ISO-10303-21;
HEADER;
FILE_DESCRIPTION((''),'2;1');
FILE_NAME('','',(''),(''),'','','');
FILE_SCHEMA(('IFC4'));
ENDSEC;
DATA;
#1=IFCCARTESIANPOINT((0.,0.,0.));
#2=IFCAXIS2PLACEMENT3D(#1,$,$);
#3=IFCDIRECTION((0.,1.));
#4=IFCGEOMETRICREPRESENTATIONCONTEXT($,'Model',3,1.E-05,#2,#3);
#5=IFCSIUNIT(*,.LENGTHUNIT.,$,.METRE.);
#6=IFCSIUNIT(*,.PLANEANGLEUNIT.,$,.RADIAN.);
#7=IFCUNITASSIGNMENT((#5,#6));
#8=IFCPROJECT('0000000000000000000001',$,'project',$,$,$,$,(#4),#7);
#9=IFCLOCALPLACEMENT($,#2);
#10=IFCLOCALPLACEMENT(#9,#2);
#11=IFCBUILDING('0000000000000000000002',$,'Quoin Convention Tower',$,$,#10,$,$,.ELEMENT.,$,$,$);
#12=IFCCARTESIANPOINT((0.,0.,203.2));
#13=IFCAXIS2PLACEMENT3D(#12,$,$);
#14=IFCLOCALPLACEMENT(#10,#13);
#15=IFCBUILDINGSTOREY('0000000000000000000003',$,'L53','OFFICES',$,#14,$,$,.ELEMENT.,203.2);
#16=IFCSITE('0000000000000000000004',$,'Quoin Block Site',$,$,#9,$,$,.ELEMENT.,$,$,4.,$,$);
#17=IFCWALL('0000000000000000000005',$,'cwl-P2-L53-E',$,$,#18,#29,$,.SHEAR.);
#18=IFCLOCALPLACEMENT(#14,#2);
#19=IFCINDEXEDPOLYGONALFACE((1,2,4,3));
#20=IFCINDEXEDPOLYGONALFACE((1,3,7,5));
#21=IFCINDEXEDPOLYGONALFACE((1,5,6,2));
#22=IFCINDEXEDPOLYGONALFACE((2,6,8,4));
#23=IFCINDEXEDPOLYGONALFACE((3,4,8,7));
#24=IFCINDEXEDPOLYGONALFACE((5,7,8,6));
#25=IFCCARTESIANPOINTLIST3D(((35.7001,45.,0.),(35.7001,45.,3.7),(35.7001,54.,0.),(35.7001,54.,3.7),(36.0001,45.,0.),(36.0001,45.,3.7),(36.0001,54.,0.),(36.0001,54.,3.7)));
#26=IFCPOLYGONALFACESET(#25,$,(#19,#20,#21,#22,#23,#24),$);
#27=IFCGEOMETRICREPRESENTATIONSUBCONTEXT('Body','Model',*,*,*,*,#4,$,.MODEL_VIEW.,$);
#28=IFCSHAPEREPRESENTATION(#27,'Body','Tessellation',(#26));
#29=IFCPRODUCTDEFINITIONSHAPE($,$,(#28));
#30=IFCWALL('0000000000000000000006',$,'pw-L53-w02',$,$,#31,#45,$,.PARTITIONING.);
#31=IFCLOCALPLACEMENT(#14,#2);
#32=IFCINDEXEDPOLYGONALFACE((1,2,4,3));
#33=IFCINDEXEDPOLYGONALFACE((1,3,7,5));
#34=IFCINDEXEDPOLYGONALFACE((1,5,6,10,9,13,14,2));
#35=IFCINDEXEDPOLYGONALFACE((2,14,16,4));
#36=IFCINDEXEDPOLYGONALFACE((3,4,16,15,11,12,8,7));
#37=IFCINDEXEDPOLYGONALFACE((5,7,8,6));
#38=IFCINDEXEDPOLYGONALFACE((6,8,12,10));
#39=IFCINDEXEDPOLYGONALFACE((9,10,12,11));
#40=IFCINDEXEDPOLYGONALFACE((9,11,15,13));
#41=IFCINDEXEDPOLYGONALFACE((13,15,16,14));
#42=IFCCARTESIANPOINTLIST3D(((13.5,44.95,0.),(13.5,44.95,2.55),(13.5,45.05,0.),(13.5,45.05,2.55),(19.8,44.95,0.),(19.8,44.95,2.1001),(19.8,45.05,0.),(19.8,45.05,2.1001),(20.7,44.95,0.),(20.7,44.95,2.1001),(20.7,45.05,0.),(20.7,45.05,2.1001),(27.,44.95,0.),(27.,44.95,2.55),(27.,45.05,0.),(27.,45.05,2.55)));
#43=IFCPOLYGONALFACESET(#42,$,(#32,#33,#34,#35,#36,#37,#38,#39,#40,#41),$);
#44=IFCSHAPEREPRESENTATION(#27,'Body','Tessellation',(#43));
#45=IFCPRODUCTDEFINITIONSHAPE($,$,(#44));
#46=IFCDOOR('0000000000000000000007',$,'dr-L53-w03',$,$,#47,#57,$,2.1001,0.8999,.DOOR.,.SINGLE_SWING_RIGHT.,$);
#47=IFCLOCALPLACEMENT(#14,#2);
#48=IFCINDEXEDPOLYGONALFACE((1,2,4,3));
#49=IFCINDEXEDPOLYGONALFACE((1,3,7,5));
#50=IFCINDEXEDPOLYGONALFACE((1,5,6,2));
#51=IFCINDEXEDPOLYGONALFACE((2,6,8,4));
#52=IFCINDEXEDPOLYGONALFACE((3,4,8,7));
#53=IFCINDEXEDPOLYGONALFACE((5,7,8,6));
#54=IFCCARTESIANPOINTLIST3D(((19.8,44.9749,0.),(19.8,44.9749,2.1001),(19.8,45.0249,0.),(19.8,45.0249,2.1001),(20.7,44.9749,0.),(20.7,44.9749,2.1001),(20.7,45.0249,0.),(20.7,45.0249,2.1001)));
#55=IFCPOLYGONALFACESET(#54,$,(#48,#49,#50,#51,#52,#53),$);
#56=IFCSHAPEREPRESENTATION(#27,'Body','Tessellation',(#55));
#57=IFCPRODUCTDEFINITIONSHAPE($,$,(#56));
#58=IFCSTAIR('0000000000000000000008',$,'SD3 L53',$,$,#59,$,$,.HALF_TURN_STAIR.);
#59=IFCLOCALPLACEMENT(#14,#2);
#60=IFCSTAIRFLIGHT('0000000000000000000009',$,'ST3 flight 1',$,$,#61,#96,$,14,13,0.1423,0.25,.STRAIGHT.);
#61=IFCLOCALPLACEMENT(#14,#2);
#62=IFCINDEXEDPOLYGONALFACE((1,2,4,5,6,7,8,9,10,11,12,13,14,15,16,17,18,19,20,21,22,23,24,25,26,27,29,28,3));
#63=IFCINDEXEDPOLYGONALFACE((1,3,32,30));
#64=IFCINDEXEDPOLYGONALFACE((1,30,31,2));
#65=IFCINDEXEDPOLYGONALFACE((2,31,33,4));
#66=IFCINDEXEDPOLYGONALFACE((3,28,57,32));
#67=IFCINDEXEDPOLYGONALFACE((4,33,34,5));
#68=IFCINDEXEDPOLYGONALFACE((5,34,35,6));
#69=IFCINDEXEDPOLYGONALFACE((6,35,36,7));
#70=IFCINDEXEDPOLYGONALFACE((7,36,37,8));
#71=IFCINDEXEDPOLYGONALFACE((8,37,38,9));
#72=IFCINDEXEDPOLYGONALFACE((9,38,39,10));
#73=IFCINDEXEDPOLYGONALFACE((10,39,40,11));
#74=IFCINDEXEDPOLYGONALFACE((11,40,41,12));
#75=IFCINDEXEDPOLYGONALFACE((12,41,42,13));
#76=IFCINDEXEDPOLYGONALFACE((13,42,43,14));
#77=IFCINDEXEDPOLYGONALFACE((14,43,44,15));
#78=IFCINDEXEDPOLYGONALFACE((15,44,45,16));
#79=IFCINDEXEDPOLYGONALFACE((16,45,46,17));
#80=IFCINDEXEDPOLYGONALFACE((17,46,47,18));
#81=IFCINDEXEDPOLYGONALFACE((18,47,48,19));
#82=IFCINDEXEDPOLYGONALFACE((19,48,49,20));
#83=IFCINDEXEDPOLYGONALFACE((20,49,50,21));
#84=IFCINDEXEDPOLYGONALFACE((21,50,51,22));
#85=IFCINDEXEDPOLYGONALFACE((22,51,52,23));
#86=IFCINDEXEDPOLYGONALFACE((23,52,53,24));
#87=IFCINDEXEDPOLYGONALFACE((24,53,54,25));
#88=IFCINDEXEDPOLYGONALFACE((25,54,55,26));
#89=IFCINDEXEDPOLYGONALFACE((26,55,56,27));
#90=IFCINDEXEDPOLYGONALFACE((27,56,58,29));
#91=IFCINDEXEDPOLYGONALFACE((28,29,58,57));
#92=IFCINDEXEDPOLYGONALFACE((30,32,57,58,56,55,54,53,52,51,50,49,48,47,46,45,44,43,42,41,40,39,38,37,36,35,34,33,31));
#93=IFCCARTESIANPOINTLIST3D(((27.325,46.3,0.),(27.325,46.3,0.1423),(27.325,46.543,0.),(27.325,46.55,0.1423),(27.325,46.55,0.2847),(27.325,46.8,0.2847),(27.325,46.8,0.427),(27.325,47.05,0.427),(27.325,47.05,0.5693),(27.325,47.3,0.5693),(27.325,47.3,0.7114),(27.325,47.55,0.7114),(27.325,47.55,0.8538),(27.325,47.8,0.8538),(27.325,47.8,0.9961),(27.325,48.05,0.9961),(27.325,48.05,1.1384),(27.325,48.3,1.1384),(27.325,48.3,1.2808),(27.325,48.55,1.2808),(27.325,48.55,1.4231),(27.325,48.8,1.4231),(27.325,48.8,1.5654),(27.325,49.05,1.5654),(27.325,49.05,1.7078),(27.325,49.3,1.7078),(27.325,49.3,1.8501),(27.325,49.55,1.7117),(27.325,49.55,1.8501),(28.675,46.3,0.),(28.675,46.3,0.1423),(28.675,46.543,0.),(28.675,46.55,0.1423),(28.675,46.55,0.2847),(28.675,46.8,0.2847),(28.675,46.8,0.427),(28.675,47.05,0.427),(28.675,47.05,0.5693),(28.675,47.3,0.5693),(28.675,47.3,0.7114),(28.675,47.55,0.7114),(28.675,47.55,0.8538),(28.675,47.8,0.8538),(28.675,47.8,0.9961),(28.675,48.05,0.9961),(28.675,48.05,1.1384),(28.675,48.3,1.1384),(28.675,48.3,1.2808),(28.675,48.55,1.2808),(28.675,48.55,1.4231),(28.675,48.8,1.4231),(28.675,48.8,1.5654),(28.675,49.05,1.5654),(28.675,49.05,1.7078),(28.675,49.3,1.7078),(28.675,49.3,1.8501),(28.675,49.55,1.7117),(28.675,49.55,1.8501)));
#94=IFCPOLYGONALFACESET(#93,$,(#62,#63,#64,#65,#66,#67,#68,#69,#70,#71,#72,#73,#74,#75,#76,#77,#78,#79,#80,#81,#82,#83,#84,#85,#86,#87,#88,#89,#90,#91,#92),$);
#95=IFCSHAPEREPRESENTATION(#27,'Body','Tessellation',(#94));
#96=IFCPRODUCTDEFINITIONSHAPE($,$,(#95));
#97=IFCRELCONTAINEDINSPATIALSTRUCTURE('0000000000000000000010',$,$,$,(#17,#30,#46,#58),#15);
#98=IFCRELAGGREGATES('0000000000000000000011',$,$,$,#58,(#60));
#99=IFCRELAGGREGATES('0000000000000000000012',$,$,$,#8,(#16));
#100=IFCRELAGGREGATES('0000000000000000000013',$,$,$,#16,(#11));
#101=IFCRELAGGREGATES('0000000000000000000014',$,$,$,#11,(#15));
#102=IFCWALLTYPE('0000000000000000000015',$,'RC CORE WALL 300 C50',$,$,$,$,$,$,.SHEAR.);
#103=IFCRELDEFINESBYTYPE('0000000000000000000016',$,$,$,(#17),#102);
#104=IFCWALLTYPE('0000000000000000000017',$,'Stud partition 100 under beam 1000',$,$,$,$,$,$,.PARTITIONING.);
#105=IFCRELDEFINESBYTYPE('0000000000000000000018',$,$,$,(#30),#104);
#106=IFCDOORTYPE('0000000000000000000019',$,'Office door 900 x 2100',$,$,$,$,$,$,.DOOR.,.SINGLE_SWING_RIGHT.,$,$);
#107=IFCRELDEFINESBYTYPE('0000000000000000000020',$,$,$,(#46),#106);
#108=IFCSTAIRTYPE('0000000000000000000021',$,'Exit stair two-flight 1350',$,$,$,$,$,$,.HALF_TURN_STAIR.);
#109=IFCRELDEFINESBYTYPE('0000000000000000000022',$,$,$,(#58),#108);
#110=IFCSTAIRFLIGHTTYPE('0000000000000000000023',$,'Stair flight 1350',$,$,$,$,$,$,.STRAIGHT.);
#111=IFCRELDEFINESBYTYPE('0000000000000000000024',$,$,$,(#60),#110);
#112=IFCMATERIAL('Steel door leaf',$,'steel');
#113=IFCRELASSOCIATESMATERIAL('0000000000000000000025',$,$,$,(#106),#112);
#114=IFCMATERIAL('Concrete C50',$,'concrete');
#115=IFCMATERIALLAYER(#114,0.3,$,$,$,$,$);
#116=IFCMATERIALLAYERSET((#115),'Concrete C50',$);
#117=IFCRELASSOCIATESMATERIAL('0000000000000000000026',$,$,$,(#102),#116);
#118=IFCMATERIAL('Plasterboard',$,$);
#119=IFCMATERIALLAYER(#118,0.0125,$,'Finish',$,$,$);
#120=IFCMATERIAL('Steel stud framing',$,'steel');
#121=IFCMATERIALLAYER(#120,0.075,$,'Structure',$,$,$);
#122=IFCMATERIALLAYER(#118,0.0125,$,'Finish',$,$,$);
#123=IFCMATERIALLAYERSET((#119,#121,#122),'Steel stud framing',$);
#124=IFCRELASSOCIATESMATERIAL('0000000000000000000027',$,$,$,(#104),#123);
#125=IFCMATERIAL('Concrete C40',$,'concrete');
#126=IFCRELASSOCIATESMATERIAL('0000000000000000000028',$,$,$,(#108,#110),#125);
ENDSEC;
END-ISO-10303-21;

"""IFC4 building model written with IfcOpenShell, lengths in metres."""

from ifc_helpers import new_model, si_unit, direction, frame, frame_2d, origin, place, context, subcontext, project, spatial, polyline, rectangle, outline, extrude, material, layer, layer_set, type_object, element, fill, aggregate, save


model = new_model("IFC4")

# Units and contexts
model_context = context("Model", 3, precision=1e-05, world=origin(), true_north=direction((0.0, 1.0)))
body_context = subcontext(model_context, "Body", "Model", "MODEL_VIEW")
ifc_project = project(units=[si_unit("LENGTHUNIT", "METRE"), si_unit("PLANEANGLEUNIT", "RADIAN")], contexts=[model_context])

# Site, building, storey
site_placement = place(None, origin())
site = spatial("IfcSite", under=ifc_project, at=site_placement, Name="Quoin Block Site", CompositionType="ELEMENT", RefElevation=4.0)
building_placement = place(site_placement, origin())
building = spatial("IfcBuilding", under=site, at=building_placement, Name="Quoin Convention Tower", CompositionType="ELEMENT")
storey_placement = place(building_placement, frame((0.0, 0.0, 203.2)))
storey = spatial("IfcBuildingStorey", under=building, at=storey_placement, Name="L53", Description="OFFICES", CompositionType="ELEMENT", Elevation=203.2)

# Shared definitions
ifc_material_1 = material(Name="Concrete C50", Category="concrete")

# Shared definitions
ifc_material_2 = material(Name="Plasterboard")
ifc_material_3 = material(Name="Steel stud framing", Category="steel")
ifc_material_4 = material(Name="Steel door leaf", Category="steel")
door_type_1 = type_object("IfcDoorType", Name="Office door 900 x 2100", OperationType="SINGLE_SWING_RIGHT", PredefinedType="DOOR", material=ifc_material_4)
ifc_layer_1 = layer(ifc_material_1, 0.3)
ifc_layer_set_1 = layer_set([ifc_layer_1], Name="Concrete C50")
wall_type_1 = type_object("IfcWallType", Name="RC CORE WALL 300 C50", PredefinedType="SHEAR", material=ifc_layer_set_1)

# Wall
wall_1_placement = place(storey_placement, frame((35.8501, 45.0, 0.0), z_axis=(0.0, 0.0, 1.0), x_axis=(0.0, 1.0, 0.0)))
element("IfcWall", 1, at=wall_1_placement, inside=storey, type_object=wall_type_1, Name="cwl-P2-L53-E", PredefinedType="SHEAR", context=body_context, shape_type="SweptSolid", body=[
    extrude(rectangle(XDim=9.0, YDim=0.3, at=frame_2d((4.5, 0.0))), origin(), (0.0, 0.0, 1.0), 3.7),
])

# Wall, opening, door
ifc_layer_2 = layer(ifc_material_2, 0.0125, Name="Finish")
ifc_layer_3 = layer(ifc_material_3, 0.075, Name="Structure")
ifc_layer_4 = layer(ifc_material_2, 0.0125, Name="Finish")
ifc_layer_set_2 = layer_set([ifc_layer_2, ifc_layer_3, ifc_layer_4], Name="Steel stud framing")
wall_type_2 = type_object("IfcWallType", Name="Stud partition 100 under beam 1000", PredefinedType="PARTITIONING", material=ifc_layer_set_2)
wall_2_placement = place(storey_placement, frame((27.0, 45.0, 0.0), z_axis=(0.0, 0.0, 1.0), x_axis=(-1.0, 0.0, 0.0)))
wall_2 = element("IfcWall", 2, at=wall_2_placement, inside=storey, type_object=wall_type_2, Name="pw-L53-w02", PredefinedType="PARTITIONING", context=body_context, shape_type="SweptSolid", body=[
    extrude(rectangle(XDim=13.5, YDim=0.1001, at=frame_2d((6.75, 0.0))), origin(), (0.0, 0.0, 1.0), 2.55),
])
opening_1_placement = place(wall_2_placement, frame((6.3, 0.0, 0.0)))
opening_1 = element("IfcOpeningElement", 3, at=opening_1_placement, cuts=wall_2, PredefinedType="OPENING", context=body_context, shape_type="SweptSolid", body=[
    extrude(rectangle(XDim=0.8999, YDim=2.1001, at=frame_2d((0.45, 1.05))), frame((0.0, 0.0601, 0.0), z_axis=(0.0, -1.0, 0.0), x_axis=(1.0, 0.0, 0.0)), (0.0, 0.0, 1.0), 0.1201),
])
door_1_placement = place(opening_1_placement, frame((0.8999, 0.0, 0.0), z_axis=(0.0, 0.0, 1.0), x_axis=(-1.0, 0.0, 0.0)))
door_1 = element("IfcDoor", 4, at=door_1_placement, inside=storey, type_object=door_type_1, Name="dr-L53-w03", OperationType="SINGLE_SWING_RIGHT", OverallHeight=2.1001, OverallWidth=0.8999, PredefinedType="DOOR", context=body_context, shape_type="SweptSolid", body=[
    extrude(rectangle(XDim=0.8999, YDim=2.1001, at=frame_2d((0.45, 1.05))), frame((0.0, 0.0249, 0.0), z_axis=(0.0, -1.0, 0.0), x_axis=(1.0, 0.0, 0.0)), (0.0, 0.0, 1.0), 0.05),
])
fill(opening_1, door_1)

# Stair, stair flight
ifc_material_5 = material(Name="Concrete C40", Category="concrete")
stair_type = type_object("IfcStairType", Name="Exit stair two-flight 1350", PredefinedType="HALF_TURN_STAIR", material=ifc_material_5)
stair_placement = place(storey_placement, origin())
stair = element("IfcStair", 5, at=stair_placement, inside=storey, type_object=stair_type, Name="SD3 L53", PredefinedType="HALF_TURN_STAIR")
stair_flight_type = type_object("IfcStairFlightType", Name="Stair flight 1350", PredefinedType="STRAIGHT", material=ifc_material_5)
stair_flight_placement = place(storey_placement, frame((28.0, 46.3, 0.0), z_axis=(0.0, 0.0, 1.0), x_axis=(0.0, 1.0, 0.0)))
stair_flight = element("IfcStairFlight", 6, at=stair_flight_placement, type_object=stair_flight_type, Name="ST3 flight 1", NumberOfRisers=14, NumberOfTreads=13, PredefinedType="STRAIGHT", RiserHeight=0.1423, TreadLength=0.25, context=body_context, shape_type="SweptSolid", body=[
    extrude(outline(polyline([(0.0, 0.0), (0.0, 0.1423), (0.25, 0.1423), (0.25, 0.2847), (0.5, 0.2847), (0.5, 0.427), (0.75, 0.427), (0.75, 0.5693), (1.0, 0.5693), (1.0, 0.7114), (1.25, 0.7114), (1.25, 0.8538), (1.5, 0.8538), (1.5, 0.9961), (1.75, 0.9961), (1.75, 1.1384), (2.0, 1.1384), (2.0, 1.2808), (2.25, 1.2808), (2.25, 1.4231), (2.5, 1.4231), (2.5, 1.5654), (2.75, 1.5654), (2.75, 1.7078), (3.0, 1.7078), (3.0, 1.8501), (3.25, 1.8501), (3.25, 1.9922), (3.25, 1.7117), (0.2429, 0.0), (0.0, 0.0)])), frame((0.0, 0.675, 0.0), z_axis=(0.0, -1.0, 0.0), x_axis=(1.0, 0.0, 0.0)), (0.0, 0.0, 1.0), 1.3501),
])
aggregate(stair, [stair_flight])

save(model, "model.ifc")
